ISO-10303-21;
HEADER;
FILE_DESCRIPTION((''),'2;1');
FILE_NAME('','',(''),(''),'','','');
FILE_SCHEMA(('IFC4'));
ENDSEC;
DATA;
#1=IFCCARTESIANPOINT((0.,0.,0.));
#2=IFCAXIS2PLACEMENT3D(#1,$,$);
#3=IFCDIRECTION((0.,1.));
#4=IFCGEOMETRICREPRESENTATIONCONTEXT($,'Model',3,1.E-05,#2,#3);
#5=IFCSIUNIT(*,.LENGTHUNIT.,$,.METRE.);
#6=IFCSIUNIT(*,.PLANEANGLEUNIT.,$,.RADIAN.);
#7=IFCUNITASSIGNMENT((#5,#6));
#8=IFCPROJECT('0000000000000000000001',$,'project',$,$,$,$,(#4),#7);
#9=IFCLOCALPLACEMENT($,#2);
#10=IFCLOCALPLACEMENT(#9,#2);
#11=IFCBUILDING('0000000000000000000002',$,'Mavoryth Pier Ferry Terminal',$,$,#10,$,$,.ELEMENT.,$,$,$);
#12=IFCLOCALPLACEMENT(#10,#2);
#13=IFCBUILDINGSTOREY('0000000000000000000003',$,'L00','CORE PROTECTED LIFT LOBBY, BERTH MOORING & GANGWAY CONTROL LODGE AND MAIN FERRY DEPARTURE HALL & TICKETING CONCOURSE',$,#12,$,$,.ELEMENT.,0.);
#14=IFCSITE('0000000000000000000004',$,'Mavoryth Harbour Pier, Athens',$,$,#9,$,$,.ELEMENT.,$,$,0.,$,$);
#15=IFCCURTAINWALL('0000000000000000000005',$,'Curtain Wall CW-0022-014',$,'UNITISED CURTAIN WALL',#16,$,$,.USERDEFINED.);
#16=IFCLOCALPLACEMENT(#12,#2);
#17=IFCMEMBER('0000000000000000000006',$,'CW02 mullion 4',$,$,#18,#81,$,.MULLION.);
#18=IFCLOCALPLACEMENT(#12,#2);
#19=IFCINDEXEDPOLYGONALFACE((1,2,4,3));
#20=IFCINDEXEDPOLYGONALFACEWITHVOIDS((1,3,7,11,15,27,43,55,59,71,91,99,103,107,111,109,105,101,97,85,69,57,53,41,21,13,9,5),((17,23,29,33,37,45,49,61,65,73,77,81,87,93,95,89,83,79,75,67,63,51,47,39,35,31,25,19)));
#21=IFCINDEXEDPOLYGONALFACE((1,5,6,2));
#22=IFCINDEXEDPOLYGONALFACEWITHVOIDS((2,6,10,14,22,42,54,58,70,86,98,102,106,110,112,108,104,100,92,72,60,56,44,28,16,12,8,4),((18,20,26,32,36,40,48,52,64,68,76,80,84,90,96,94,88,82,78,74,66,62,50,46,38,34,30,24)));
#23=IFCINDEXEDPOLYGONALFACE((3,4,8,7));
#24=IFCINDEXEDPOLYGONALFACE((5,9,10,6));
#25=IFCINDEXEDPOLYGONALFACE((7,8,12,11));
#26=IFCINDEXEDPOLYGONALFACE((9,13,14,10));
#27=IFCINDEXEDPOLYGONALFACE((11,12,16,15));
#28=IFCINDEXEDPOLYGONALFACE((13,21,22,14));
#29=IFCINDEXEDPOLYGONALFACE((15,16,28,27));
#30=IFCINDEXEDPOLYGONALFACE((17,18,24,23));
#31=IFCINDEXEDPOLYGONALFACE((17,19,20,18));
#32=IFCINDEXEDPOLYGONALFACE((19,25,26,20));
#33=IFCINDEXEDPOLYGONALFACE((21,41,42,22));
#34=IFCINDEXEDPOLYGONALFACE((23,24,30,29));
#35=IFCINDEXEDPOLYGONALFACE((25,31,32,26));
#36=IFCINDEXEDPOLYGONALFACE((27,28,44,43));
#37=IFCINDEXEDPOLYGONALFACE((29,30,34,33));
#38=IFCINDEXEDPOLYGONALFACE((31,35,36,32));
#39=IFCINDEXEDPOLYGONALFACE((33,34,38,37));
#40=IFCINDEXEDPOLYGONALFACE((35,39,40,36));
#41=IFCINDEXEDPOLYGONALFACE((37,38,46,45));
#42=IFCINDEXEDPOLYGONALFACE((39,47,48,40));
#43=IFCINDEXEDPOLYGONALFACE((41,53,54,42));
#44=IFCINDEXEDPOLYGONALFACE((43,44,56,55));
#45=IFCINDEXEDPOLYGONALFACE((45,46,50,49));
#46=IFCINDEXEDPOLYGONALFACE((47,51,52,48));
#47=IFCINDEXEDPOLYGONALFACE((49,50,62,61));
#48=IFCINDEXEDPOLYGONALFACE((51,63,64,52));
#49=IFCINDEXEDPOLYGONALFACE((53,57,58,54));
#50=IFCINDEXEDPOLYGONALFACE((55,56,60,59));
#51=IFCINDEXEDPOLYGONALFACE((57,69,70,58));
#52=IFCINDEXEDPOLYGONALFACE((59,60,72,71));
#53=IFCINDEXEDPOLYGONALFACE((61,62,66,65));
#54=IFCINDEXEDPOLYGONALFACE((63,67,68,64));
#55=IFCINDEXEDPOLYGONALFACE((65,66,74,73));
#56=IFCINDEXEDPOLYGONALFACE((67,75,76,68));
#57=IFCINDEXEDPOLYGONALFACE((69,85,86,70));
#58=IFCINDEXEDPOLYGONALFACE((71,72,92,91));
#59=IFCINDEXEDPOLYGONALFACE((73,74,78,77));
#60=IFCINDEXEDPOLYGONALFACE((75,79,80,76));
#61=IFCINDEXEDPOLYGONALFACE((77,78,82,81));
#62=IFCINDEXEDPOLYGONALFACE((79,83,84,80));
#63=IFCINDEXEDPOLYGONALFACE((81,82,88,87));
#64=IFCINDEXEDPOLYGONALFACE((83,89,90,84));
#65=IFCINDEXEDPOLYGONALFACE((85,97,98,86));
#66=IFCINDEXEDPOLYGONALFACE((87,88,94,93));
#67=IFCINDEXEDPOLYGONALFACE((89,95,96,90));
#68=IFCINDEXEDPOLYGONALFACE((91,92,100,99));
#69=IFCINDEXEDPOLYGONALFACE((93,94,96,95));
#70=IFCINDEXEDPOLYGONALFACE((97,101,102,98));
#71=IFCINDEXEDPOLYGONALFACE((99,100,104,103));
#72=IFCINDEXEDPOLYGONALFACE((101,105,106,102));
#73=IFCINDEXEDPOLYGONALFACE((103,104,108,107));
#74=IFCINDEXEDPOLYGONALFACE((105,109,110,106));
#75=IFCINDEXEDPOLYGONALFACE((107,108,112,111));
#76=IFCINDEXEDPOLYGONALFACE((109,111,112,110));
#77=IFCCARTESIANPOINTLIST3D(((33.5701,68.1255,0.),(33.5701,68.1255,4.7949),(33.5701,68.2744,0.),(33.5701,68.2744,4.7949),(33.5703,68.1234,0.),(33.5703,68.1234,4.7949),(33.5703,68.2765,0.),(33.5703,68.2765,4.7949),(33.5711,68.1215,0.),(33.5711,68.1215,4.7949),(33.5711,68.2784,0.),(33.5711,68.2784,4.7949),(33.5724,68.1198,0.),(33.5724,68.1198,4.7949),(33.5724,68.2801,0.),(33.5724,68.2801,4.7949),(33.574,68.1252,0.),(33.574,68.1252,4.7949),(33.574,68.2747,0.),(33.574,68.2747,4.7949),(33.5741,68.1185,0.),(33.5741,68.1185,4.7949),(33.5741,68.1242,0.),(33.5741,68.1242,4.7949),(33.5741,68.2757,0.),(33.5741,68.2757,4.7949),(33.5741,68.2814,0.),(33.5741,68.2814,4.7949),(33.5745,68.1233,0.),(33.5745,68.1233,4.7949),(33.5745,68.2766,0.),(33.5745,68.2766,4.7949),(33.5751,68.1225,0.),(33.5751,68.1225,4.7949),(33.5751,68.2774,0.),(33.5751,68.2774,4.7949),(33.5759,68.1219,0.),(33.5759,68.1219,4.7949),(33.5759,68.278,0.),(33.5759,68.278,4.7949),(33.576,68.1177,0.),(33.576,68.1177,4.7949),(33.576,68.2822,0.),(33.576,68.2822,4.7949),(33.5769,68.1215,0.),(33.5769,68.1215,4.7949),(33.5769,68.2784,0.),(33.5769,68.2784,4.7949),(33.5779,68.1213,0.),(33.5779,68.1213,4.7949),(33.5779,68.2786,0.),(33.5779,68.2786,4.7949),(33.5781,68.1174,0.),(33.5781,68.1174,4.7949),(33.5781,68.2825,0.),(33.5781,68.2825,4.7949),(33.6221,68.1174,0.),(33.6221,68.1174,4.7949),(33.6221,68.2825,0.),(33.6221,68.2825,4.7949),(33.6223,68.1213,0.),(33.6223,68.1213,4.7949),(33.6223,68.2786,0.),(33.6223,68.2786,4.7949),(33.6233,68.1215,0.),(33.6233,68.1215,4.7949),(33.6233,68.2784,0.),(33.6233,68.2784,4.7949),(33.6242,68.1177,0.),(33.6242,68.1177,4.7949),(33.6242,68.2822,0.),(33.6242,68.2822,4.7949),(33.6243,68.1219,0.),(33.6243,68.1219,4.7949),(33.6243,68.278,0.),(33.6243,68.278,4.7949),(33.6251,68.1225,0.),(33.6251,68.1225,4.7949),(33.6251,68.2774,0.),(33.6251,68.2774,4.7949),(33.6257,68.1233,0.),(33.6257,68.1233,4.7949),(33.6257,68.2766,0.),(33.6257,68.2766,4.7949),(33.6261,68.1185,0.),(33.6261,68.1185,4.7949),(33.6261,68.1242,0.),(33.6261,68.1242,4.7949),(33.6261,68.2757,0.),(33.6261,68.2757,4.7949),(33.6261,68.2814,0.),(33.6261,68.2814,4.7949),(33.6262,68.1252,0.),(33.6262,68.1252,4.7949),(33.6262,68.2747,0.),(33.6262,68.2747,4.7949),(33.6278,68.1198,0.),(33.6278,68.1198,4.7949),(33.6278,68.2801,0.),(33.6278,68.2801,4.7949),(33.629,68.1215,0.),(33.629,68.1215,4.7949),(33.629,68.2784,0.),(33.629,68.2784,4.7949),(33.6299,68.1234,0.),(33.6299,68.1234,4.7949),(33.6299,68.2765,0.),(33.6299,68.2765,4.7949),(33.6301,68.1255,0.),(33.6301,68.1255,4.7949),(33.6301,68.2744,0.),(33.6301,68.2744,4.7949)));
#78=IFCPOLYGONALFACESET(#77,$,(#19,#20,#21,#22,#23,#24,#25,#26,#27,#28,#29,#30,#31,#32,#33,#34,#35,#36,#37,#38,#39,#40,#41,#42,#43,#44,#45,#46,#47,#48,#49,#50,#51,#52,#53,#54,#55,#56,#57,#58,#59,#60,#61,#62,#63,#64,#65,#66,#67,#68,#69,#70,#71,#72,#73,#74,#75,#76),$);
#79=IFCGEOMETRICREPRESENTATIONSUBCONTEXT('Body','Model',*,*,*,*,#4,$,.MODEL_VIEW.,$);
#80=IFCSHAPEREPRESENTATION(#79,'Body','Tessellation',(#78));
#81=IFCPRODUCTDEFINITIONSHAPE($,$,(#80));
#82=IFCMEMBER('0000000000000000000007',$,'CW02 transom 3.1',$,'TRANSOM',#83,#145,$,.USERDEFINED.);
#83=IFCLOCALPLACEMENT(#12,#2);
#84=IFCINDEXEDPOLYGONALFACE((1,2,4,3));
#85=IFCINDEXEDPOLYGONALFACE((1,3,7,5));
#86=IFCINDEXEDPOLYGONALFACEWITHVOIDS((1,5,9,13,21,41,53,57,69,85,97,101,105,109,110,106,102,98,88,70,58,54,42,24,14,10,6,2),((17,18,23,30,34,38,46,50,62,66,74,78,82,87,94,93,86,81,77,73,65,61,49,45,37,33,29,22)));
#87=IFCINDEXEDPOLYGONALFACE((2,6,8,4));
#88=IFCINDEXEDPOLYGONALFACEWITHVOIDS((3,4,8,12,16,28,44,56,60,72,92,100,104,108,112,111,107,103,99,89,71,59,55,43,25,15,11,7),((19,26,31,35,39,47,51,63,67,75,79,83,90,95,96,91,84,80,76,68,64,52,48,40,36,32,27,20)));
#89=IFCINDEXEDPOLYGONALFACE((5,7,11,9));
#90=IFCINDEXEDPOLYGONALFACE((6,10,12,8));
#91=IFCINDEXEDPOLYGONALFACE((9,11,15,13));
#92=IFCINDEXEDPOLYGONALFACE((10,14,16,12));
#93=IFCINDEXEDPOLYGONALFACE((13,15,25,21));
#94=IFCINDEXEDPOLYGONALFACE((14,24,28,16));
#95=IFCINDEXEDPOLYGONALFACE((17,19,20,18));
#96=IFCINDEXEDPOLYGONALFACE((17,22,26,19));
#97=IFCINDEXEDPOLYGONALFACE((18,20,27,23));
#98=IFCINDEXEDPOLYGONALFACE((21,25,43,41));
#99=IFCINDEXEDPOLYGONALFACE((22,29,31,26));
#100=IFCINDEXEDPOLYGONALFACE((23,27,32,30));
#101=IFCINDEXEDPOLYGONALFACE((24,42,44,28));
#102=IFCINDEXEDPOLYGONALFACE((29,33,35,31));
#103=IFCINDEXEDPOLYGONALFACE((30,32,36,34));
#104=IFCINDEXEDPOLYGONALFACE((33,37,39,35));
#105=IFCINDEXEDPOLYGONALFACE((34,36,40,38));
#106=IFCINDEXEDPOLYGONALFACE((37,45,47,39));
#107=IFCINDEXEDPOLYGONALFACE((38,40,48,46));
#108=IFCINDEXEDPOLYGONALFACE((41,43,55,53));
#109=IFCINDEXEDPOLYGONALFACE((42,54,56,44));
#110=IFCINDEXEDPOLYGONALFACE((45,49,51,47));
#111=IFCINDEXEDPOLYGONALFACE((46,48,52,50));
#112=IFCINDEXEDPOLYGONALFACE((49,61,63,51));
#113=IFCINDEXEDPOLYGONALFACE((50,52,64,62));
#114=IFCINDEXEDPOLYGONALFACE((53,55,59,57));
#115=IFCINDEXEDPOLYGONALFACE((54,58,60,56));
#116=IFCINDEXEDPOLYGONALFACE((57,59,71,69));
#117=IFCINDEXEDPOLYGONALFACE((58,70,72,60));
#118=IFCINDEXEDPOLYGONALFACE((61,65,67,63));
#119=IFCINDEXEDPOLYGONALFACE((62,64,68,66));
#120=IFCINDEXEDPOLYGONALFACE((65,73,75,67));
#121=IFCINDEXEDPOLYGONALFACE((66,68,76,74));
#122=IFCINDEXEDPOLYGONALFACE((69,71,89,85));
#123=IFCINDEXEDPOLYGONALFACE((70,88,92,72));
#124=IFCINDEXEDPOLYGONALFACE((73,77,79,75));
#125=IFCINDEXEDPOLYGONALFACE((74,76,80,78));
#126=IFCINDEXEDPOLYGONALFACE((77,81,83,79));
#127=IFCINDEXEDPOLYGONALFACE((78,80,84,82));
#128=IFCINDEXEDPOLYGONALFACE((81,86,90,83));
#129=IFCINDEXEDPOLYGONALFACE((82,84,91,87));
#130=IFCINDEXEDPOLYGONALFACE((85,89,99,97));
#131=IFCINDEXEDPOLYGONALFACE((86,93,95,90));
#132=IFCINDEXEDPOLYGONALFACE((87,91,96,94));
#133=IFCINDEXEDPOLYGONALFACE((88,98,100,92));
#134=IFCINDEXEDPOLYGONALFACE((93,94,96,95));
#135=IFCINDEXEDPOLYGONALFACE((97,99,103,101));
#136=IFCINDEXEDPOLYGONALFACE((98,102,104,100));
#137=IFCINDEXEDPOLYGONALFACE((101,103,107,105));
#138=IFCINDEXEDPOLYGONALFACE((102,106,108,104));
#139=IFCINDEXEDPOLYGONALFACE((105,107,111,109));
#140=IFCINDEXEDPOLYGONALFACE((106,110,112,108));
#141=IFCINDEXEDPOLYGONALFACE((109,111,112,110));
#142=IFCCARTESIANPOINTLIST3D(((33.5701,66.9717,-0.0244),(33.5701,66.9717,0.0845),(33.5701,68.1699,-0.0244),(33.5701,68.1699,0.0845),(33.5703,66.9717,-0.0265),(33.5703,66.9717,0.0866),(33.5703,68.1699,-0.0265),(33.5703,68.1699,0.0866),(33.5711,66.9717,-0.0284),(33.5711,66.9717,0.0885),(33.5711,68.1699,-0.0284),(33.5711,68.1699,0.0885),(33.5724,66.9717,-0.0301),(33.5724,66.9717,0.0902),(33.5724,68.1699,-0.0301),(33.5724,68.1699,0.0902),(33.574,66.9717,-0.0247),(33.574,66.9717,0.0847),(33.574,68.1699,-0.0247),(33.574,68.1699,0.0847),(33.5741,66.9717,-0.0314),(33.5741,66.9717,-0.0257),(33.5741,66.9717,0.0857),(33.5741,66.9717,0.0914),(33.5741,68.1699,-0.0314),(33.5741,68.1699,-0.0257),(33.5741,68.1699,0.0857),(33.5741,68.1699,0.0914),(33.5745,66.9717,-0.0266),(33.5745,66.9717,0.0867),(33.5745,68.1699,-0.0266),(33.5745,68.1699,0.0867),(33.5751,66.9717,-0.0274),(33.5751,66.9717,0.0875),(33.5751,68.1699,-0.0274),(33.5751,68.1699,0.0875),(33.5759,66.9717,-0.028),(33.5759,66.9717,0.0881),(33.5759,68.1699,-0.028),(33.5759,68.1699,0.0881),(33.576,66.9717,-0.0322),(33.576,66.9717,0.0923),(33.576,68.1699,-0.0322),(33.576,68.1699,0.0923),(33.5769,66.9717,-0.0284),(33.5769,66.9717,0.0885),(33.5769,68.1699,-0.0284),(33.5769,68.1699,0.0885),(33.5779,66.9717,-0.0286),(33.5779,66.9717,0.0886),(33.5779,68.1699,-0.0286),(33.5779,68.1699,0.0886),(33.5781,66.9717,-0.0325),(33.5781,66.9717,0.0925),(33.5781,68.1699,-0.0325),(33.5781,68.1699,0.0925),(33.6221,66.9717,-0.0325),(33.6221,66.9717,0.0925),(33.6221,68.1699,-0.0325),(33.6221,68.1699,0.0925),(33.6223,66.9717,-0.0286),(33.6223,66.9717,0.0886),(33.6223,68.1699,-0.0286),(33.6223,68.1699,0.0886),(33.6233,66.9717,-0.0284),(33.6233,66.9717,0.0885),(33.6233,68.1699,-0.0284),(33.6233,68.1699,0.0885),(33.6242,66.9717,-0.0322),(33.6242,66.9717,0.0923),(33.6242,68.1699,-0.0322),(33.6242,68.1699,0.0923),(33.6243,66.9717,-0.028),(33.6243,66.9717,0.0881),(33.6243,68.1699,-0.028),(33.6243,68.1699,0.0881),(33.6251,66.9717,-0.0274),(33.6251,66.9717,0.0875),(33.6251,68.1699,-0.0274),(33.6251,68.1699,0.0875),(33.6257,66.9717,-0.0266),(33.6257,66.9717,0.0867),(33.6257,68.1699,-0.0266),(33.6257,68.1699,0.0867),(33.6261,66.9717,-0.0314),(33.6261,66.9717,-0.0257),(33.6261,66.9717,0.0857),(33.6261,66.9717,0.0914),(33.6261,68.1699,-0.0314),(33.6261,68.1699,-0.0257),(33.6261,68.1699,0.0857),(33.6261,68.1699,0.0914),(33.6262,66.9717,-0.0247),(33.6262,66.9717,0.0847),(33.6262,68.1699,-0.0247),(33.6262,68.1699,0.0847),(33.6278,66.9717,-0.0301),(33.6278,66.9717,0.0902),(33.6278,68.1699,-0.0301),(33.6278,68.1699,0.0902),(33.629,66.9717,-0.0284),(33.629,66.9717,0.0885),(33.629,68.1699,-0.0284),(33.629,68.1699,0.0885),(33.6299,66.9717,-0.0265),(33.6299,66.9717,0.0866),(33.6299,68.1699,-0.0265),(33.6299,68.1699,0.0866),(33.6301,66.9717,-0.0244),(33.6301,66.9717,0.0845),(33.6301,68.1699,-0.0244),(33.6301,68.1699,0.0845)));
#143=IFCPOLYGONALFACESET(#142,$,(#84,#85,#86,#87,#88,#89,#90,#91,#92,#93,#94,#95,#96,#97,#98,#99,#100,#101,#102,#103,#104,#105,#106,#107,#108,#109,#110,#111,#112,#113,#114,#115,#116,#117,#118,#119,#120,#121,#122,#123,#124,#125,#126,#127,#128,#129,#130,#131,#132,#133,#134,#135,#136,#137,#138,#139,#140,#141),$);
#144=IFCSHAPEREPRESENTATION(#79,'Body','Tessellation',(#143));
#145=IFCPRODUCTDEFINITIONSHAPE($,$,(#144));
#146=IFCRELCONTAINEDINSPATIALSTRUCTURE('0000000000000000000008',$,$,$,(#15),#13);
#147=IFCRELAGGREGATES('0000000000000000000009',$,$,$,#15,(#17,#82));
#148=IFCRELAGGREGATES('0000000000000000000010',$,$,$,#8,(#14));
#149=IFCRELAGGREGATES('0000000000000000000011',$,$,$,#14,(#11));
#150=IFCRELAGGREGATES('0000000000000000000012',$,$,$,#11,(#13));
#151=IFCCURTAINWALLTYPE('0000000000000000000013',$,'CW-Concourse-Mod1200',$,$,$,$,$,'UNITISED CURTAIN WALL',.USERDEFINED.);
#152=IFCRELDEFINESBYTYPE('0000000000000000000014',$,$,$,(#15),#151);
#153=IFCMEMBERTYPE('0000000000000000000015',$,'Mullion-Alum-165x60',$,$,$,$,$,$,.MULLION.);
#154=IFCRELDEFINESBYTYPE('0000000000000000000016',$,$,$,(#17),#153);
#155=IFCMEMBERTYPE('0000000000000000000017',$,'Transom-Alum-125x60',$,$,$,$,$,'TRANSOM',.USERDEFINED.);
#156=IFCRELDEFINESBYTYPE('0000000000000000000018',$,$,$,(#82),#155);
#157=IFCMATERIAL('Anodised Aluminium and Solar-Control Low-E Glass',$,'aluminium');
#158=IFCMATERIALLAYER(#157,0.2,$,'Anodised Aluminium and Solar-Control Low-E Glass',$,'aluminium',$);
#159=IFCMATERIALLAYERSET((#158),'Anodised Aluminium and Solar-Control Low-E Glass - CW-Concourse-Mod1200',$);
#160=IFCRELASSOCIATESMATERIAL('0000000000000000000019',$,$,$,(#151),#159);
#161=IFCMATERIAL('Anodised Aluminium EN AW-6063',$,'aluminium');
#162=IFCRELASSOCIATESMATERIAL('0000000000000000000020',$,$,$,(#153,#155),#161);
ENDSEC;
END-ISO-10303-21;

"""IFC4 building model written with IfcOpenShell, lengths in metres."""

from ifc_helpers import new_model, si_unit, direction, frame, origin, origin_2d, place, context, subcontext, project, spatial, hollow_rectangle, extrude, material, layer, layer_set, material_profile, profile_set, type_object, element, aggregate, save


model = new_model("IFC4")

# Units and contexts
model_context = context("Model", 3, precision=1e-05, world=origin(), true_north=direction((0.0, 1.0)))
body_context = subcontext(model_context, "Body", "Model", "MODEL_VIEW")
ifc_project = project(units=[si_unit("LENGTHUNIT", "METRE"), si_unit("PLANEANGLEUNIT", "RADIAN")], contexts=[model_context])

# Site, building, storey
site_placement = place(None, origin())
site = spatial("IfcSite", under=ifc_project, at=site_placement, Name="Mavoryth Harbour Pier, Athens", CompositionType="ELEMENT", RefElevation=0.0)
building_placement = place(site_placement, origin())
building = spatial("IfcBuilding", under=site, at=building_placement, Name="Mavoryth Pier Ferry Terminal", CompositionType="ELEMENT")
storey_placement = place(building_placement, origin())
storey = spatial("IfcBuildingStorey", under=building, at=storey_placement, Name="L00", Description="CORE PROTECTED LIFT LOBBY, BERTH MOORING & GANGWAY CONTROL LODGE AND MAIN FERRY DEPARTURE HALL & TICKETING CONCOURSE", CompositionType="ELEMENT", Elevation=0.0)

# Curtain wall, members
ifc_material_1 = material(Name="Anodised Aluminium and Solar-Control Low-E Glass", Category="aluminium")
ifc_layer_1 = layer(ifc_material_1, 0.2, Name="Anodised Aluminium and Solar-Control Low-E Glass", Category="aluminium")
ifc_layer_set_1 = layer_set([ifc_layer_1], Name="Anodised Aluminium and Solar-Control Low-E Glass - CW-Concourse-Mod1200")
curtain_wall_type = type_object("IfcCurtainWallType", Name="CW-Concourse-Mod1200", ElementType="UNITISED CURTAIN WALL", PredefinedType="USERDEFINED", material=ifc_layer_set_1)
curtain_wall_placement = place(storey_placement, origin())
curtain_wall = element("IfcCurtainWall", 1, at=curtain_wall_placement, inside=storey, type_object=curtain_wall_type, Name="Curtain Wall CW-0022-014", ObjectType="UNITISED CURTAIN WALL", PredefinedType="USERDEFINED")
ifc_material_2 = material(Name="Anodised Aluminium EN AW-6063", Category="aluminium")
ifc_material_profile_1 = material_profile(ifc_material_2, hollow_rectangle(XDim=0.0601, YDim=0.165, WallThickness=0.0039, InnerFilletRadius=0.0039, OuterFilletRadius=0.0081, at=origin_2d()), Name="AL-MULL 165x60x4", Category="aluminium")
ifc_profile_set_1 = profile_set([ifc_material_profile_1], Name="Anodised Aluminium EN AW-6063 - AL-MULL 165x60x4")
member_type_1 = type_object("IfcMemberType", Name="Mullion-Alum-165x60", PredefinedType="MULLION", material=ifc_profile_set_1)
member_1_placement = place(storey_placement, frame((33.6001, 68.2, 0.0), z_axis=(0.0, 0.0, 1.0), x_axis=(-1.0, 0.0, 0.0)))
member_1 = element("IfcMember", 2, at=member_1_placement, type_object=member_type_1, Name="CW02 mullion 4", PredefinedType="MULLION", context=body_context, shape_type="SweptSolid", body=[
    extrude(hollow_rectangle(XDim=0.0601, YDim=0.165, WallThickness=0.0039, InnerFilletRadius=0.0039, OuterFilletRadius=0.0081, at=origin_2d()), origin(), (0.0, 0.0, 1.0), 4.7949),
])
ifc_material_profile_2 = material_profile(ifc_material_2, hollow_rectangle(XDim=0.0601, YDim=0.125, WallThickness=0.0039, InnerFilletRadius=0.0039, OuterFilletRadius=0.0081, at=origin_2d()), Name="AL-TRAN 125x60x4", Category="aluminium")
ifc_profile_set_2 = profile_set([ifc_material_profile_2], Name="Anodised Aluminium EN AW-6063 - AL-TRAN 125x60x4")
member_type_2 = type_object("IfcMemberType", Name="Transom-Alum-125x60", ElementType="TRANSOM", PredefinedType="USERDEFINED", material=ifc_profile_set_2)
member_2_placement = place(storey_placement, frame((33.6001, 66.9717, 0.03), z_axis=(0.0, 1.0, 0.0), x_axis=(-1.0, 0.0, 0.0)))
member_2 = element("IfcMember", 3, at=member_2_placement, type_object=member_type_2, Name="CW02 transom 3.1", ObjectType="TRANSOM", PredefinedType="USERDEFINED", context=body_context, shape_type="SweptSolid", body=[
    extrude(hollow_rectangle(XDim=0.0601, YDim=0.125, WallThickness=0.0039, InnerFilletRadius=0.0039, OuterFilletRadius=0.0081, at=origin_2d()), origin(), (0.0, 0.0, 1.0), 1.1982),
])
aggregate(curtain_wall, [member_1, member_2])

save(model, "model.ifc")
